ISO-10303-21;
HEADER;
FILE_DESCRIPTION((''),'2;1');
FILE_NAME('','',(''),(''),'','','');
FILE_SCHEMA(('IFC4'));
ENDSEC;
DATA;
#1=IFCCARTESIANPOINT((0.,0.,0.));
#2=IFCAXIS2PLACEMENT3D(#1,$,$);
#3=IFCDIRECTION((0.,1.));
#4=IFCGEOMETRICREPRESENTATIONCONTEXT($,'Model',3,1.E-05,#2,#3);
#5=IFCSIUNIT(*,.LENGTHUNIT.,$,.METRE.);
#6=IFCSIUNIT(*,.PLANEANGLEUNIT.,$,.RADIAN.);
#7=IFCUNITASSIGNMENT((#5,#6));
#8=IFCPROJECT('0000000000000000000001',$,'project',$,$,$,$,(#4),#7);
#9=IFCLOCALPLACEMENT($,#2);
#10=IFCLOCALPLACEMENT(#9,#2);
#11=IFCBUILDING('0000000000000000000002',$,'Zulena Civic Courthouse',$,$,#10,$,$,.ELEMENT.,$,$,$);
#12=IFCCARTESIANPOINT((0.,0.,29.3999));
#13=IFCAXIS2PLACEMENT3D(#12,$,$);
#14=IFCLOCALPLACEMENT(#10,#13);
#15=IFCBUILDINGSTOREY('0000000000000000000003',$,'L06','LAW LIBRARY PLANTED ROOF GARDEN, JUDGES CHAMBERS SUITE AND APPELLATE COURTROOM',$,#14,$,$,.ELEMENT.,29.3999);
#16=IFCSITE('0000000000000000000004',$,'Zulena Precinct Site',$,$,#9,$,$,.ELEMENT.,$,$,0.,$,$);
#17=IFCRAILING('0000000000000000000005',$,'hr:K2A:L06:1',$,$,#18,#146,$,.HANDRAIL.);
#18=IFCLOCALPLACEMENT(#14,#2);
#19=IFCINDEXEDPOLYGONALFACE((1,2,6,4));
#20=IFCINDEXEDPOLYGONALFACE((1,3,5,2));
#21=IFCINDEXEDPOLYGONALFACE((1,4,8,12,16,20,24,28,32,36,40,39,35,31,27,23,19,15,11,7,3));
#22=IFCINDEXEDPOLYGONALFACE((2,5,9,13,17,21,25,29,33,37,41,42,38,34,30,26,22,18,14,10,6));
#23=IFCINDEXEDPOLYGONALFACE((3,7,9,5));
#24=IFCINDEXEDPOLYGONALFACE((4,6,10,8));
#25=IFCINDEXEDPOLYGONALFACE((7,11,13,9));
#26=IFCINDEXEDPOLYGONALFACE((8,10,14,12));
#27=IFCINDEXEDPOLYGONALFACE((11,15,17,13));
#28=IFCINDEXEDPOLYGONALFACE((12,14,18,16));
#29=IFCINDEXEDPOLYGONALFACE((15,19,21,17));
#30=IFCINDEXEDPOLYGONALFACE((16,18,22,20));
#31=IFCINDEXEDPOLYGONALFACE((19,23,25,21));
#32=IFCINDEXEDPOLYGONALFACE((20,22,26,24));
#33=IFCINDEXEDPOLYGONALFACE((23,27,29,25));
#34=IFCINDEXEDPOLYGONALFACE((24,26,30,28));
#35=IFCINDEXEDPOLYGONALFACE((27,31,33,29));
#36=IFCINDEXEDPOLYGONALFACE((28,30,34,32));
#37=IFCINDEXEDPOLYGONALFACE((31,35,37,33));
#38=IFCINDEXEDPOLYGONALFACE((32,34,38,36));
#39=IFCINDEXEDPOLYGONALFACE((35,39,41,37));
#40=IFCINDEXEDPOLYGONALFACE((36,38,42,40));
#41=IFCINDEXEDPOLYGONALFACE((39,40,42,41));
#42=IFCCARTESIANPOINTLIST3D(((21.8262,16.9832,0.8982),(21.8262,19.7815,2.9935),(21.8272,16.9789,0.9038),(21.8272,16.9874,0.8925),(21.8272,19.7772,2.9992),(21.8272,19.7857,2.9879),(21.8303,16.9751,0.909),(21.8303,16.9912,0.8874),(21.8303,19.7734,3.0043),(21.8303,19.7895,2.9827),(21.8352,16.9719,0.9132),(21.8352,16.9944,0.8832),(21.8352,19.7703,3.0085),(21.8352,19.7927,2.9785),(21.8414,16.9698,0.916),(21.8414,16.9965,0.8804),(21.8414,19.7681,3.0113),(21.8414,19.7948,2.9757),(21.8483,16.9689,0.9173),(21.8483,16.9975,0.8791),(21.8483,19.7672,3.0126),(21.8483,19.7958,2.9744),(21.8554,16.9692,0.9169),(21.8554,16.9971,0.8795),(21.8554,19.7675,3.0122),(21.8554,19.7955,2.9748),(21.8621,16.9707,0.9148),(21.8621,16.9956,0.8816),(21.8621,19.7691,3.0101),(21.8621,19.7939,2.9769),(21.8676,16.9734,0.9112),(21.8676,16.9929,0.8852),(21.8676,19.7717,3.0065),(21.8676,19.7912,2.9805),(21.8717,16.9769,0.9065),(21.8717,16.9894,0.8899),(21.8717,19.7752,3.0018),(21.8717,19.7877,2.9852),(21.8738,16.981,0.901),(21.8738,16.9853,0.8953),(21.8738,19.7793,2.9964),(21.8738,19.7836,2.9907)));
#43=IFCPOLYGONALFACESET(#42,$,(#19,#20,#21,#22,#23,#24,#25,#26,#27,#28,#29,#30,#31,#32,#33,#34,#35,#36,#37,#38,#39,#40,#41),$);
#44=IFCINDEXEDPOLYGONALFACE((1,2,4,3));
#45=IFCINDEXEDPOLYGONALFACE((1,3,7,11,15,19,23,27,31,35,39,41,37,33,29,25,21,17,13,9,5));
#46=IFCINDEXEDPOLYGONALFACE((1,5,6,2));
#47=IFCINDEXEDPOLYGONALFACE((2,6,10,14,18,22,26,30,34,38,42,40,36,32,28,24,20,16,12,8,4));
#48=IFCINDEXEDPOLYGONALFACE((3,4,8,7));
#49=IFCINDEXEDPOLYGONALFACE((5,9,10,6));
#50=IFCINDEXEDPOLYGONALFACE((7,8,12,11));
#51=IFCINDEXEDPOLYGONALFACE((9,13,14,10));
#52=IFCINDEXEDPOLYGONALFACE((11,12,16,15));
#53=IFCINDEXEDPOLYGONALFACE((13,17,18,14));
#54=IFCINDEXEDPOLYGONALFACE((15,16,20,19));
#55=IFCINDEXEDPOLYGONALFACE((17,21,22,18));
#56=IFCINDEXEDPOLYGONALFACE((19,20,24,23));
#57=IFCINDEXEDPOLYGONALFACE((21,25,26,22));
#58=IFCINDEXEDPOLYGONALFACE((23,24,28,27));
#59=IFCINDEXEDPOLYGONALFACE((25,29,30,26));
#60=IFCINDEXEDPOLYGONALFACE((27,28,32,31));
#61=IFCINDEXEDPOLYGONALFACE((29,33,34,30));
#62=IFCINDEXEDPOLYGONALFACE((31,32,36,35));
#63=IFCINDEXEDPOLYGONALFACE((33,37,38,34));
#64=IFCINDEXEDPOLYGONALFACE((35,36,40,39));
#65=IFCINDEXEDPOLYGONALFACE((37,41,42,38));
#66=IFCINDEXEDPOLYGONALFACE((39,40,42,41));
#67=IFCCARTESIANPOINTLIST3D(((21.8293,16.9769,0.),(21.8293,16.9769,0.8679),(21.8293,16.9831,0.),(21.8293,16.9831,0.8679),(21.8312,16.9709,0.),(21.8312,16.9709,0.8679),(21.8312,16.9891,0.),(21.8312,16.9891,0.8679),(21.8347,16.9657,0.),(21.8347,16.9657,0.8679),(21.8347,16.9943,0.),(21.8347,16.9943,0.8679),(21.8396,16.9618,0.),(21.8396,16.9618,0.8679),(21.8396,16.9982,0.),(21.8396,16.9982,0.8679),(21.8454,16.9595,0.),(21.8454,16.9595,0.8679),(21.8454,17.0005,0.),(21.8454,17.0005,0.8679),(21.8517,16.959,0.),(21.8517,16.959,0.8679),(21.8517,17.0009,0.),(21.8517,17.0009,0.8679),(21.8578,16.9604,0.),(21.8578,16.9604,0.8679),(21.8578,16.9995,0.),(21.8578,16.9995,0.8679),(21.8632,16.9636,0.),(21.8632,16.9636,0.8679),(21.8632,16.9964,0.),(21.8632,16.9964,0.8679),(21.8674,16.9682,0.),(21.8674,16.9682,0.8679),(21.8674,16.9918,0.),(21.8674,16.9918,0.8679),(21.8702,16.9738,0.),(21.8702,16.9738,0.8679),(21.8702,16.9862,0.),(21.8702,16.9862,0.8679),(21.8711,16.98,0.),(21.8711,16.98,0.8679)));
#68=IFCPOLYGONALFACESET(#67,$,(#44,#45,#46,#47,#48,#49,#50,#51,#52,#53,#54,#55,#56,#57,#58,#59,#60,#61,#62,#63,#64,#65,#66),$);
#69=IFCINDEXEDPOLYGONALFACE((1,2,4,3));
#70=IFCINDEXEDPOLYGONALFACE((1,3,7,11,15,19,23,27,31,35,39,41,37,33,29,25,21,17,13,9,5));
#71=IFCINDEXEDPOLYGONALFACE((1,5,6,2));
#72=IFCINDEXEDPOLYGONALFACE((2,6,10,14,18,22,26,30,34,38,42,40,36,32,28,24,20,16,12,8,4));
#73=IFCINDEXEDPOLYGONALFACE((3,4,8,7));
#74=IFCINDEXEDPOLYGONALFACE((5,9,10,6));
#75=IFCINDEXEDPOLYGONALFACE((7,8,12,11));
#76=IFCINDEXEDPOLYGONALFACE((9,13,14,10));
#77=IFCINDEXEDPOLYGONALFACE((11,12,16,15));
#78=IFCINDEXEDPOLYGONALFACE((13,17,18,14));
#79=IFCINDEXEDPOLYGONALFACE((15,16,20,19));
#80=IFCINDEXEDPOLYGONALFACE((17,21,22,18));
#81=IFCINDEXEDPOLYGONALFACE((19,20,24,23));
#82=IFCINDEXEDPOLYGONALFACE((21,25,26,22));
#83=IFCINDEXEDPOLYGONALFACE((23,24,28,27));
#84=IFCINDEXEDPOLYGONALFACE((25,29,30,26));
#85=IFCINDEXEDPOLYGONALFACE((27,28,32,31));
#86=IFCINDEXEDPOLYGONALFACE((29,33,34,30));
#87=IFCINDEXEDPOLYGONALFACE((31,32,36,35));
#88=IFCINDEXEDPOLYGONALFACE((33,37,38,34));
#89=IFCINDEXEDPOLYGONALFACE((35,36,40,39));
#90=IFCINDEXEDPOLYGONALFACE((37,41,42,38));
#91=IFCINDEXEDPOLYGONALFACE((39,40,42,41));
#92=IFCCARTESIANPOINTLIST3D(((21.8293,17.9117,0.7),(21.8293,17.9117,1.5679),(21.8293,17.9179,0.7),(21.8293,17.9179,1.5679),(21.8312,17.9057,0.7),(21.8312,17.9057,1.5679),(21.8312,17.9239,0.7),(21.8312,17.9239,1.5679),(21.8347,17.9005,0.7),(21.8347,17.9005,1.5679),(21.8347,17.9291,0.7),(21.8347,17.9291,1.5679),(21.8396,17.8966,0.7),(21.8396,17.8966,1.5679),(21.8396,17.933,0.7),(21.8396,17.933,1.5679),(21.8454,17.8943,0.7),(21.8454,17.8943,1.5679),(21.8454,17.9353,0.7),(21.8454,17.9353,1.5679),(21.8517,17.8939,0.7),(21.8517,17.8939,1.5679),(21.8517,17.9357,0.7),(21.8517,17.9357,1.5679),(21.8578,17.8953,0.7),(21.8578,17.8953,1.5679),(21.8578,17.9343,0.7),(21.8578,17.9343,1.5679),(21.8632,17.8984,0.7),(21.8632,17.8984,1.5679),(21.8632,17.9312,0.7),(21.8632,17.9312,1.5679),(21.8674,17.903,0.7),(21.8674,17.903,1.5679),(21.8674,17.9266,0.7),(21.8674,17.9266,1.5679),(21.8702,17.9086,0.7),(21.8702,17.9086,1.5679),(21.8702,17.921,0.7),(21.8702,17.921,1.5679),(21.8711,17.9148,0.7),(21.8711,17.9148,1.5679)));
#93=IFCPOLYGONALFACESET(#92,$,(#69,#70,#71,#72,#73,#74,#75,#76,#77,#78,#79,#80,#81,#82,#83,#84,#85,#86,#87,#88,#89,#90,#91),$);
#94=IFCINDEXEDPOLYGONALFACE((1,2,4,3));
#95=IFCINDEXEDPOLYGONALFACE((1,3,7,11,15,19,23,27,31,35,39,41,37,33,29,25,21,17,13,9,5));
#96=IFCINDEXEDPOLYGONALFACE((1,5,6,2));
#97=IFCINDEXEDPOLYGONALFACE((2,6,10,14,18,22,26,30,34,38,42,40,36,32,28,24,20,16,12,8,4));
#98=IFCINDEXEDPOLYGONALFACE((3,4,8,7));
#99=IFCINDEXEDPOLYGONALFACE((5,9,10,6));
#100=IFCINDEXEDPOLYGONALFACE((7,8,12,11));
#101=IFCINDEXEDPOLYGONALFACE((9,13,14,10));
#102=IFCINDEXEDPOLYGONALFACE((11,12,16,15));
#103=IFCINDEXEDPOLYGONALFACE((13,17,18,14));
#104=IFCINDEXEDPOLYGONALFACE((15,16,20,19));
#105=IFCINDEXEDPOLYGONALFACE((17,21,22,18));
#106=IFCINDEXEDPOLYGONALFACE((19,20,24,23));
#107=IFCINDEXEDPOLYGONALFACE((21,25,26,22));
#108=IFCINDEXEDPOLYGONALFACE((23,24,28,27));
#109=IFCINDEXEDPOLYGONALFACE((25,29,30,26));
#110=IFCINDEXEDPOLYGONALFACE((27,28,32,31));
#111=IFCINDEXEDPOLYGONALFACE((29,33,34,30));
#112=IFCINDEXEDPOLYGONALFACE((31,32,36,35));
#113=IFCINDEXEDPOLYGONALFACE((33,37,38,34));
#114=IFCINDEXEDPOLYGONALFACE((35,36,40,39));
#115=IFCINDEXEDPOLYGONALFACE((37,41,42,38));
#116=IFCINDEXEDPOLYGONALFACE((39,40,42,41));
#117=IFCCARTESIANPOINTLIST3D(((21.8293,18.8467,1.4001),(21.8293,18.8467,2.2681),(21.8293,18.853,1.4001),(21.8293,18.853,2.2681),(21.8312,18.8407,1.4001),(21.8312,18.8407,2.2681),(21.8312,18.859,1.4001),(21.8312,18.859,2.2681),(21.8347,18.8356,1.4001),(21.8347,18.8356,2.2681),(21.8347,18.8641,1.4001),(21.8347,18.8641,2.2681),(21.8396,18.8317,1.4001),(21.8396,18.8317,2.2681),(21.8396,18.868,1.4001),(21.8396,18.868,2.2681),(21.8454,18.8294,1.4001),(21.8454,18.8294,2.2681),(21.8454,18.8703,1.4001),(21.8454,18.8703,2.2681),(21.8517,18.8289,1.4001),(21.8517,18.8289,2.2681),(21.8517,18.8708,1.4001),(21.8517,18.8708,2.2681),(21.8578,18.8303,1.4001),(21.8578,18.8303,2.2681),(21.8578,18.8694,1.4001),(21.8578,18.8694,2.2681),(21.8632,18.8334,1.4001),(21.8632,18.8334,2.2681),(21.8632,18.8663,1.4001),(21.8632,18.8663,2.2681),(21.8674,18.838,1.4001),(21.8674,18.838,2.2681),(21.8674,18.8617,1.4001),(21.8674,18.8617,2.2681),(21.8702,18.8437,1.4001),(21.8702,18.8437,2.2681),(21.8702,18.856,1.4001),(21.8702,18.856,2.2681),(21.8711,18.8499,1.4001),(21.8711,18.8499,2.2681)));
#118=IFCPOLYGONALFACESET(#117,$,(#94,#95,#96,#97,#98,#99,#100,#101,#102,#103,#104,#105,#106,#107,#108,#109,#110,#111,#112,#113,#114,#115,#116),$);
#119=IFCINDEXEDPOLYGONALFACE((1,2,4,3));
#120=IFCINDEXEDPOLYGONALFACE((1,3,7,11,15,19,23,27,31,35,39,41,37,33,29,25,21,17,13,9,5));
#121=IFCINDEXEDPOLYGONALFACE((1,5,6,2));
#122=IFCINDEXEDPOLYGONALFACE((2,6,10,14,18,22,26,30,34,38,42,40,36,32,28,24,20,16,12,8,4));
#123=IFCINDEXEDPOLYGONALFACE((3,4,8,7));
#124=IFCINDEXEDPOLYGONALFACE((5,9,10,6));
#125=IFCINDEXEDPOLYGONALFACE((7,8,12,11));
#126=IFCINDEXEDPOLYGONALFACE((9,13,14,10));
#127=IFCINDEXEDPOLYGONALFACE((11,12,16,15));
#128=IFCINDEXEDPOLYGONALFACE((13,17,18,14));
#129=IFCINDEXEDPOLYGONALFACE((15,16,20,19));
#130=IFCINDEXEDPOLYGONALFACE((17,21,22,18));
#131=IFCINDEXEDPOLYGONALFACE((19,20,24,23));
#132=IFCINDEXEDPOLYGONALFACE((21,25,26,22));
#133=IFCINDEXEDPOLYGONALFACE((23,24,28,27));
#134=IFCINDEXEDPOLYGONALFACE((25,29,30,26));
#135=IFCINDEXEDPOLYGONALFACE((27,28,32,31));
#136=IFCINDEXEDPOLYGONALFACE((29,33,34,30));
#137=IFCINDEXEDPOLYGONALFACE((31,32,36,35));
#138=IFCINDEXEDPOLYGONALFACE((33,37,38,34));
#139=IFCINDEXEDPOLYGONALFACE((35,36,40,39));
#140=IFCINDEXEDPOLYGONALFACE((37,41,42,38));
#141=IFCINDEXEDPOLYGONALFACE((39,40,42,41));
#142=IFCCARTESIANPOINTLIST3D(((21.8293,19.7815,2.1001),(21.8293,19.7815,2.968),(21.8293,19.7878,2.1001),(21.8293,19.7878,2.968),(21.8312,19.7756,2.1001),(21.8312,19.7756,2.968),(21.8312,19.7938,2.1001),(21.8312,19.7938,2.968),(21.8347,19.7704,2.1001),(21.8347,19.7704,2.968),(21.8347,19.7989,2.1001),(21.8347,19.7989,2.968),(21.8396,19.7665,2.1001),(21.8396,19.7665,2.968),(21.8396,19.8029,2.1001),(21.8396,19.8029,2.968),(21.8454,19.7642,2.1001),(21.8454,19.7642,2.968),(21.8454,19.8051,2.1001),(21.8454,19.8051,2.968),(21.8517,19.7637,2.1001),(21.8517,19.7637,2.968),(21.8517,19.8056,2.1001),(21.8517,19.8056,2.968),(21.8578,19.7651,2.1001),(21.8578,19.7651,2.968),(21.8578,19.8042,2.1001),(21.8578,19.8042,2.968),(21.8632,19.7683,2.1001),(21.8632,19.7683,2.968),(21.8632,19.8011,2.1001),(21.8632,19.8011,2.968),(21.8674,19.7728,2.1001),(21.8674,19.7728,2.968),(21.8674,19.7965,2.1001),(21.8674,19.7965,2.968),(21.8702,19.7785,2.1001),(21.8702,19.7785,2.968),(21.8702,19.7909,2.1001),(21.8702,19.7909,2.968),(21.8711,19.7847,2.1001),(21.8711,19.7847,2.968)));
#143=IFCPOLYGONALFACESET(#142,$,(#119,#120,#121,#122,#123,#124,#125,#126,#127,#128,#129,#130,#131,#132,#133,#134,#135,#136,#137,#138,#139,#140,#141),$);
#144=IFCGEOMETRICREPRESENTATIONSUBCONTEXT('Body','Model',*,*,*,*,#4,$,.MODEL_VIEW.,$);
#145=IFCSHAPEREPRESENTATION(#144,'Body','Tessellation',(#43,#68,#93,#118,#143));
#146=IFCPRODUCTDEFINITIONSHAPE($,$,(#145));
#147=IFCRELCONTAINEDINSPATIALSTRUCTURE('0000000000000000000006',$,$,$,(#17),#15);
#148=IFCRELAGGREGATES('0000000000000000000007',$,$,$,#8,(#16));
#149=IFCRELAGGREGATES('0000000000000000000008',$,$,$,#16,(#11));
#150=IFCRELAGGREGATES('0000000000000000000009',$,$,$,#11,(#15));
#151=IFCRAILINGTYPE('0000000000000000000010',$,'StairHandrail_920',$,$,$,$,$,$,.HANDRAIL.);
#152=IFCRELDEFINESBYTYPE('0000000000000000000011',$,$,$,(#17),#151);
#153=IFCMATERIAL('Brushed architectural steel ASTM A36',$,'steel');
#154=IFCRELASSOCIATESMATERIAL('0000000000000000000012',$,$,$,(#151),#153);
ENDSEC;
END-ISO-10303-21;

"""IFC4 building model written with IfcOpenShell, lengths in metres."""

from ifc_helpers import new_model, si_unit, direction, frame, origin, origin_2d, place, context, subcontext, project, spatial, circle, extrude, material, type_object, element, save


model = new_model("IFC4")

# Units and contexts
model_context = context("Model", 3, precision=1e-05, world=origin(), true_north=direction((0.0, 1.0)))
body_context = subcontext(model_context, "Body", "Model", "MODEL_VIEW")
ifc_project = project(units=[si_unit("LENGTHUNIT", "METRE"), si_unit("PLANEANGLEUNIT", "RADIAN")], contexts=[model_context])

# Site, building, storey
site_placement = place(None, origin())
site = spatial("IfcSite", under=ifc_project, at=site_placement, Name="Zulena Precinct Site", CompositionType="ELEMENT", RefElevation=0.0)
building_placement = place(site_placement, origin())
building = spatial("IfcBuilding", under=site, at=building_placement, Name="Zulena Civic Courthouse", CompositionType="ELEMENT")
storey_placement = place(building_placement, frame((0.0, 0.0, 29.3999)))
storey = spatial("IfcBuildingStorey", under=building, at=storey_placement, Name="L06", Description="LAW LIBRARY PLANTED ROOF GARDEN, JUDGES CHAMBERS SUITE AND APPELLATE COURTROOM", CompositionType="ELEMENT", Elevation=29.3999)

# Railing
ifc_material_1 = material(Name="Brushed architectural steel ASTM A36", Category="steel")
railing_type_1 = type_object("IfcRailingType", Name="StairHandrail_920", PredefinedType="HANDRAIL", material=ifc_material_1)
railing_1_placement = place(storey_placement, frame((21.8501, 16.98, 0.0)))
element("IfcRailing", 1, at=railing_1_placement, inside=storey, type_object=railing_type_1, Name="hr:K2A:L06:1", PredefinedType="HANDRAIL", context=body_context, shape_type="SweptSolid", body=[
    extrude(circle(Radius=0.0239, at=origin_2d()), frame((0.0, 0.0032, 0.8982), z_axis=(0.0, 0.800468, 0.599375), x_axis=(-1.0, 0.0, 0.0)), (0.0, 0.0, 1.0), 3.4958),
    extrude(circle(Radius=0.021, at=origin_2d()), origin(), (0.0, 0.0, 1.0), 0.8679),
    extrude(circle(Radius=0.021, at=origin_2d()), frame((0.0, 0.9348, 0.7)), (0.0, 0.0, 1.0), 0.8679),
    extrude(circle(Radius=0.021, at=origin_2d()), frame((0.0, 1.8699, 1.4001)), (0.0, 0.0, 1.0), 0.8679),
    extrude(circle(Radius=0.021, at=origin_2d()), frame((0.0, 2.8047, 2.1001)), (0.0, 0.0, 1.0), 0.8679),
])

save(model, "model.ifc")
